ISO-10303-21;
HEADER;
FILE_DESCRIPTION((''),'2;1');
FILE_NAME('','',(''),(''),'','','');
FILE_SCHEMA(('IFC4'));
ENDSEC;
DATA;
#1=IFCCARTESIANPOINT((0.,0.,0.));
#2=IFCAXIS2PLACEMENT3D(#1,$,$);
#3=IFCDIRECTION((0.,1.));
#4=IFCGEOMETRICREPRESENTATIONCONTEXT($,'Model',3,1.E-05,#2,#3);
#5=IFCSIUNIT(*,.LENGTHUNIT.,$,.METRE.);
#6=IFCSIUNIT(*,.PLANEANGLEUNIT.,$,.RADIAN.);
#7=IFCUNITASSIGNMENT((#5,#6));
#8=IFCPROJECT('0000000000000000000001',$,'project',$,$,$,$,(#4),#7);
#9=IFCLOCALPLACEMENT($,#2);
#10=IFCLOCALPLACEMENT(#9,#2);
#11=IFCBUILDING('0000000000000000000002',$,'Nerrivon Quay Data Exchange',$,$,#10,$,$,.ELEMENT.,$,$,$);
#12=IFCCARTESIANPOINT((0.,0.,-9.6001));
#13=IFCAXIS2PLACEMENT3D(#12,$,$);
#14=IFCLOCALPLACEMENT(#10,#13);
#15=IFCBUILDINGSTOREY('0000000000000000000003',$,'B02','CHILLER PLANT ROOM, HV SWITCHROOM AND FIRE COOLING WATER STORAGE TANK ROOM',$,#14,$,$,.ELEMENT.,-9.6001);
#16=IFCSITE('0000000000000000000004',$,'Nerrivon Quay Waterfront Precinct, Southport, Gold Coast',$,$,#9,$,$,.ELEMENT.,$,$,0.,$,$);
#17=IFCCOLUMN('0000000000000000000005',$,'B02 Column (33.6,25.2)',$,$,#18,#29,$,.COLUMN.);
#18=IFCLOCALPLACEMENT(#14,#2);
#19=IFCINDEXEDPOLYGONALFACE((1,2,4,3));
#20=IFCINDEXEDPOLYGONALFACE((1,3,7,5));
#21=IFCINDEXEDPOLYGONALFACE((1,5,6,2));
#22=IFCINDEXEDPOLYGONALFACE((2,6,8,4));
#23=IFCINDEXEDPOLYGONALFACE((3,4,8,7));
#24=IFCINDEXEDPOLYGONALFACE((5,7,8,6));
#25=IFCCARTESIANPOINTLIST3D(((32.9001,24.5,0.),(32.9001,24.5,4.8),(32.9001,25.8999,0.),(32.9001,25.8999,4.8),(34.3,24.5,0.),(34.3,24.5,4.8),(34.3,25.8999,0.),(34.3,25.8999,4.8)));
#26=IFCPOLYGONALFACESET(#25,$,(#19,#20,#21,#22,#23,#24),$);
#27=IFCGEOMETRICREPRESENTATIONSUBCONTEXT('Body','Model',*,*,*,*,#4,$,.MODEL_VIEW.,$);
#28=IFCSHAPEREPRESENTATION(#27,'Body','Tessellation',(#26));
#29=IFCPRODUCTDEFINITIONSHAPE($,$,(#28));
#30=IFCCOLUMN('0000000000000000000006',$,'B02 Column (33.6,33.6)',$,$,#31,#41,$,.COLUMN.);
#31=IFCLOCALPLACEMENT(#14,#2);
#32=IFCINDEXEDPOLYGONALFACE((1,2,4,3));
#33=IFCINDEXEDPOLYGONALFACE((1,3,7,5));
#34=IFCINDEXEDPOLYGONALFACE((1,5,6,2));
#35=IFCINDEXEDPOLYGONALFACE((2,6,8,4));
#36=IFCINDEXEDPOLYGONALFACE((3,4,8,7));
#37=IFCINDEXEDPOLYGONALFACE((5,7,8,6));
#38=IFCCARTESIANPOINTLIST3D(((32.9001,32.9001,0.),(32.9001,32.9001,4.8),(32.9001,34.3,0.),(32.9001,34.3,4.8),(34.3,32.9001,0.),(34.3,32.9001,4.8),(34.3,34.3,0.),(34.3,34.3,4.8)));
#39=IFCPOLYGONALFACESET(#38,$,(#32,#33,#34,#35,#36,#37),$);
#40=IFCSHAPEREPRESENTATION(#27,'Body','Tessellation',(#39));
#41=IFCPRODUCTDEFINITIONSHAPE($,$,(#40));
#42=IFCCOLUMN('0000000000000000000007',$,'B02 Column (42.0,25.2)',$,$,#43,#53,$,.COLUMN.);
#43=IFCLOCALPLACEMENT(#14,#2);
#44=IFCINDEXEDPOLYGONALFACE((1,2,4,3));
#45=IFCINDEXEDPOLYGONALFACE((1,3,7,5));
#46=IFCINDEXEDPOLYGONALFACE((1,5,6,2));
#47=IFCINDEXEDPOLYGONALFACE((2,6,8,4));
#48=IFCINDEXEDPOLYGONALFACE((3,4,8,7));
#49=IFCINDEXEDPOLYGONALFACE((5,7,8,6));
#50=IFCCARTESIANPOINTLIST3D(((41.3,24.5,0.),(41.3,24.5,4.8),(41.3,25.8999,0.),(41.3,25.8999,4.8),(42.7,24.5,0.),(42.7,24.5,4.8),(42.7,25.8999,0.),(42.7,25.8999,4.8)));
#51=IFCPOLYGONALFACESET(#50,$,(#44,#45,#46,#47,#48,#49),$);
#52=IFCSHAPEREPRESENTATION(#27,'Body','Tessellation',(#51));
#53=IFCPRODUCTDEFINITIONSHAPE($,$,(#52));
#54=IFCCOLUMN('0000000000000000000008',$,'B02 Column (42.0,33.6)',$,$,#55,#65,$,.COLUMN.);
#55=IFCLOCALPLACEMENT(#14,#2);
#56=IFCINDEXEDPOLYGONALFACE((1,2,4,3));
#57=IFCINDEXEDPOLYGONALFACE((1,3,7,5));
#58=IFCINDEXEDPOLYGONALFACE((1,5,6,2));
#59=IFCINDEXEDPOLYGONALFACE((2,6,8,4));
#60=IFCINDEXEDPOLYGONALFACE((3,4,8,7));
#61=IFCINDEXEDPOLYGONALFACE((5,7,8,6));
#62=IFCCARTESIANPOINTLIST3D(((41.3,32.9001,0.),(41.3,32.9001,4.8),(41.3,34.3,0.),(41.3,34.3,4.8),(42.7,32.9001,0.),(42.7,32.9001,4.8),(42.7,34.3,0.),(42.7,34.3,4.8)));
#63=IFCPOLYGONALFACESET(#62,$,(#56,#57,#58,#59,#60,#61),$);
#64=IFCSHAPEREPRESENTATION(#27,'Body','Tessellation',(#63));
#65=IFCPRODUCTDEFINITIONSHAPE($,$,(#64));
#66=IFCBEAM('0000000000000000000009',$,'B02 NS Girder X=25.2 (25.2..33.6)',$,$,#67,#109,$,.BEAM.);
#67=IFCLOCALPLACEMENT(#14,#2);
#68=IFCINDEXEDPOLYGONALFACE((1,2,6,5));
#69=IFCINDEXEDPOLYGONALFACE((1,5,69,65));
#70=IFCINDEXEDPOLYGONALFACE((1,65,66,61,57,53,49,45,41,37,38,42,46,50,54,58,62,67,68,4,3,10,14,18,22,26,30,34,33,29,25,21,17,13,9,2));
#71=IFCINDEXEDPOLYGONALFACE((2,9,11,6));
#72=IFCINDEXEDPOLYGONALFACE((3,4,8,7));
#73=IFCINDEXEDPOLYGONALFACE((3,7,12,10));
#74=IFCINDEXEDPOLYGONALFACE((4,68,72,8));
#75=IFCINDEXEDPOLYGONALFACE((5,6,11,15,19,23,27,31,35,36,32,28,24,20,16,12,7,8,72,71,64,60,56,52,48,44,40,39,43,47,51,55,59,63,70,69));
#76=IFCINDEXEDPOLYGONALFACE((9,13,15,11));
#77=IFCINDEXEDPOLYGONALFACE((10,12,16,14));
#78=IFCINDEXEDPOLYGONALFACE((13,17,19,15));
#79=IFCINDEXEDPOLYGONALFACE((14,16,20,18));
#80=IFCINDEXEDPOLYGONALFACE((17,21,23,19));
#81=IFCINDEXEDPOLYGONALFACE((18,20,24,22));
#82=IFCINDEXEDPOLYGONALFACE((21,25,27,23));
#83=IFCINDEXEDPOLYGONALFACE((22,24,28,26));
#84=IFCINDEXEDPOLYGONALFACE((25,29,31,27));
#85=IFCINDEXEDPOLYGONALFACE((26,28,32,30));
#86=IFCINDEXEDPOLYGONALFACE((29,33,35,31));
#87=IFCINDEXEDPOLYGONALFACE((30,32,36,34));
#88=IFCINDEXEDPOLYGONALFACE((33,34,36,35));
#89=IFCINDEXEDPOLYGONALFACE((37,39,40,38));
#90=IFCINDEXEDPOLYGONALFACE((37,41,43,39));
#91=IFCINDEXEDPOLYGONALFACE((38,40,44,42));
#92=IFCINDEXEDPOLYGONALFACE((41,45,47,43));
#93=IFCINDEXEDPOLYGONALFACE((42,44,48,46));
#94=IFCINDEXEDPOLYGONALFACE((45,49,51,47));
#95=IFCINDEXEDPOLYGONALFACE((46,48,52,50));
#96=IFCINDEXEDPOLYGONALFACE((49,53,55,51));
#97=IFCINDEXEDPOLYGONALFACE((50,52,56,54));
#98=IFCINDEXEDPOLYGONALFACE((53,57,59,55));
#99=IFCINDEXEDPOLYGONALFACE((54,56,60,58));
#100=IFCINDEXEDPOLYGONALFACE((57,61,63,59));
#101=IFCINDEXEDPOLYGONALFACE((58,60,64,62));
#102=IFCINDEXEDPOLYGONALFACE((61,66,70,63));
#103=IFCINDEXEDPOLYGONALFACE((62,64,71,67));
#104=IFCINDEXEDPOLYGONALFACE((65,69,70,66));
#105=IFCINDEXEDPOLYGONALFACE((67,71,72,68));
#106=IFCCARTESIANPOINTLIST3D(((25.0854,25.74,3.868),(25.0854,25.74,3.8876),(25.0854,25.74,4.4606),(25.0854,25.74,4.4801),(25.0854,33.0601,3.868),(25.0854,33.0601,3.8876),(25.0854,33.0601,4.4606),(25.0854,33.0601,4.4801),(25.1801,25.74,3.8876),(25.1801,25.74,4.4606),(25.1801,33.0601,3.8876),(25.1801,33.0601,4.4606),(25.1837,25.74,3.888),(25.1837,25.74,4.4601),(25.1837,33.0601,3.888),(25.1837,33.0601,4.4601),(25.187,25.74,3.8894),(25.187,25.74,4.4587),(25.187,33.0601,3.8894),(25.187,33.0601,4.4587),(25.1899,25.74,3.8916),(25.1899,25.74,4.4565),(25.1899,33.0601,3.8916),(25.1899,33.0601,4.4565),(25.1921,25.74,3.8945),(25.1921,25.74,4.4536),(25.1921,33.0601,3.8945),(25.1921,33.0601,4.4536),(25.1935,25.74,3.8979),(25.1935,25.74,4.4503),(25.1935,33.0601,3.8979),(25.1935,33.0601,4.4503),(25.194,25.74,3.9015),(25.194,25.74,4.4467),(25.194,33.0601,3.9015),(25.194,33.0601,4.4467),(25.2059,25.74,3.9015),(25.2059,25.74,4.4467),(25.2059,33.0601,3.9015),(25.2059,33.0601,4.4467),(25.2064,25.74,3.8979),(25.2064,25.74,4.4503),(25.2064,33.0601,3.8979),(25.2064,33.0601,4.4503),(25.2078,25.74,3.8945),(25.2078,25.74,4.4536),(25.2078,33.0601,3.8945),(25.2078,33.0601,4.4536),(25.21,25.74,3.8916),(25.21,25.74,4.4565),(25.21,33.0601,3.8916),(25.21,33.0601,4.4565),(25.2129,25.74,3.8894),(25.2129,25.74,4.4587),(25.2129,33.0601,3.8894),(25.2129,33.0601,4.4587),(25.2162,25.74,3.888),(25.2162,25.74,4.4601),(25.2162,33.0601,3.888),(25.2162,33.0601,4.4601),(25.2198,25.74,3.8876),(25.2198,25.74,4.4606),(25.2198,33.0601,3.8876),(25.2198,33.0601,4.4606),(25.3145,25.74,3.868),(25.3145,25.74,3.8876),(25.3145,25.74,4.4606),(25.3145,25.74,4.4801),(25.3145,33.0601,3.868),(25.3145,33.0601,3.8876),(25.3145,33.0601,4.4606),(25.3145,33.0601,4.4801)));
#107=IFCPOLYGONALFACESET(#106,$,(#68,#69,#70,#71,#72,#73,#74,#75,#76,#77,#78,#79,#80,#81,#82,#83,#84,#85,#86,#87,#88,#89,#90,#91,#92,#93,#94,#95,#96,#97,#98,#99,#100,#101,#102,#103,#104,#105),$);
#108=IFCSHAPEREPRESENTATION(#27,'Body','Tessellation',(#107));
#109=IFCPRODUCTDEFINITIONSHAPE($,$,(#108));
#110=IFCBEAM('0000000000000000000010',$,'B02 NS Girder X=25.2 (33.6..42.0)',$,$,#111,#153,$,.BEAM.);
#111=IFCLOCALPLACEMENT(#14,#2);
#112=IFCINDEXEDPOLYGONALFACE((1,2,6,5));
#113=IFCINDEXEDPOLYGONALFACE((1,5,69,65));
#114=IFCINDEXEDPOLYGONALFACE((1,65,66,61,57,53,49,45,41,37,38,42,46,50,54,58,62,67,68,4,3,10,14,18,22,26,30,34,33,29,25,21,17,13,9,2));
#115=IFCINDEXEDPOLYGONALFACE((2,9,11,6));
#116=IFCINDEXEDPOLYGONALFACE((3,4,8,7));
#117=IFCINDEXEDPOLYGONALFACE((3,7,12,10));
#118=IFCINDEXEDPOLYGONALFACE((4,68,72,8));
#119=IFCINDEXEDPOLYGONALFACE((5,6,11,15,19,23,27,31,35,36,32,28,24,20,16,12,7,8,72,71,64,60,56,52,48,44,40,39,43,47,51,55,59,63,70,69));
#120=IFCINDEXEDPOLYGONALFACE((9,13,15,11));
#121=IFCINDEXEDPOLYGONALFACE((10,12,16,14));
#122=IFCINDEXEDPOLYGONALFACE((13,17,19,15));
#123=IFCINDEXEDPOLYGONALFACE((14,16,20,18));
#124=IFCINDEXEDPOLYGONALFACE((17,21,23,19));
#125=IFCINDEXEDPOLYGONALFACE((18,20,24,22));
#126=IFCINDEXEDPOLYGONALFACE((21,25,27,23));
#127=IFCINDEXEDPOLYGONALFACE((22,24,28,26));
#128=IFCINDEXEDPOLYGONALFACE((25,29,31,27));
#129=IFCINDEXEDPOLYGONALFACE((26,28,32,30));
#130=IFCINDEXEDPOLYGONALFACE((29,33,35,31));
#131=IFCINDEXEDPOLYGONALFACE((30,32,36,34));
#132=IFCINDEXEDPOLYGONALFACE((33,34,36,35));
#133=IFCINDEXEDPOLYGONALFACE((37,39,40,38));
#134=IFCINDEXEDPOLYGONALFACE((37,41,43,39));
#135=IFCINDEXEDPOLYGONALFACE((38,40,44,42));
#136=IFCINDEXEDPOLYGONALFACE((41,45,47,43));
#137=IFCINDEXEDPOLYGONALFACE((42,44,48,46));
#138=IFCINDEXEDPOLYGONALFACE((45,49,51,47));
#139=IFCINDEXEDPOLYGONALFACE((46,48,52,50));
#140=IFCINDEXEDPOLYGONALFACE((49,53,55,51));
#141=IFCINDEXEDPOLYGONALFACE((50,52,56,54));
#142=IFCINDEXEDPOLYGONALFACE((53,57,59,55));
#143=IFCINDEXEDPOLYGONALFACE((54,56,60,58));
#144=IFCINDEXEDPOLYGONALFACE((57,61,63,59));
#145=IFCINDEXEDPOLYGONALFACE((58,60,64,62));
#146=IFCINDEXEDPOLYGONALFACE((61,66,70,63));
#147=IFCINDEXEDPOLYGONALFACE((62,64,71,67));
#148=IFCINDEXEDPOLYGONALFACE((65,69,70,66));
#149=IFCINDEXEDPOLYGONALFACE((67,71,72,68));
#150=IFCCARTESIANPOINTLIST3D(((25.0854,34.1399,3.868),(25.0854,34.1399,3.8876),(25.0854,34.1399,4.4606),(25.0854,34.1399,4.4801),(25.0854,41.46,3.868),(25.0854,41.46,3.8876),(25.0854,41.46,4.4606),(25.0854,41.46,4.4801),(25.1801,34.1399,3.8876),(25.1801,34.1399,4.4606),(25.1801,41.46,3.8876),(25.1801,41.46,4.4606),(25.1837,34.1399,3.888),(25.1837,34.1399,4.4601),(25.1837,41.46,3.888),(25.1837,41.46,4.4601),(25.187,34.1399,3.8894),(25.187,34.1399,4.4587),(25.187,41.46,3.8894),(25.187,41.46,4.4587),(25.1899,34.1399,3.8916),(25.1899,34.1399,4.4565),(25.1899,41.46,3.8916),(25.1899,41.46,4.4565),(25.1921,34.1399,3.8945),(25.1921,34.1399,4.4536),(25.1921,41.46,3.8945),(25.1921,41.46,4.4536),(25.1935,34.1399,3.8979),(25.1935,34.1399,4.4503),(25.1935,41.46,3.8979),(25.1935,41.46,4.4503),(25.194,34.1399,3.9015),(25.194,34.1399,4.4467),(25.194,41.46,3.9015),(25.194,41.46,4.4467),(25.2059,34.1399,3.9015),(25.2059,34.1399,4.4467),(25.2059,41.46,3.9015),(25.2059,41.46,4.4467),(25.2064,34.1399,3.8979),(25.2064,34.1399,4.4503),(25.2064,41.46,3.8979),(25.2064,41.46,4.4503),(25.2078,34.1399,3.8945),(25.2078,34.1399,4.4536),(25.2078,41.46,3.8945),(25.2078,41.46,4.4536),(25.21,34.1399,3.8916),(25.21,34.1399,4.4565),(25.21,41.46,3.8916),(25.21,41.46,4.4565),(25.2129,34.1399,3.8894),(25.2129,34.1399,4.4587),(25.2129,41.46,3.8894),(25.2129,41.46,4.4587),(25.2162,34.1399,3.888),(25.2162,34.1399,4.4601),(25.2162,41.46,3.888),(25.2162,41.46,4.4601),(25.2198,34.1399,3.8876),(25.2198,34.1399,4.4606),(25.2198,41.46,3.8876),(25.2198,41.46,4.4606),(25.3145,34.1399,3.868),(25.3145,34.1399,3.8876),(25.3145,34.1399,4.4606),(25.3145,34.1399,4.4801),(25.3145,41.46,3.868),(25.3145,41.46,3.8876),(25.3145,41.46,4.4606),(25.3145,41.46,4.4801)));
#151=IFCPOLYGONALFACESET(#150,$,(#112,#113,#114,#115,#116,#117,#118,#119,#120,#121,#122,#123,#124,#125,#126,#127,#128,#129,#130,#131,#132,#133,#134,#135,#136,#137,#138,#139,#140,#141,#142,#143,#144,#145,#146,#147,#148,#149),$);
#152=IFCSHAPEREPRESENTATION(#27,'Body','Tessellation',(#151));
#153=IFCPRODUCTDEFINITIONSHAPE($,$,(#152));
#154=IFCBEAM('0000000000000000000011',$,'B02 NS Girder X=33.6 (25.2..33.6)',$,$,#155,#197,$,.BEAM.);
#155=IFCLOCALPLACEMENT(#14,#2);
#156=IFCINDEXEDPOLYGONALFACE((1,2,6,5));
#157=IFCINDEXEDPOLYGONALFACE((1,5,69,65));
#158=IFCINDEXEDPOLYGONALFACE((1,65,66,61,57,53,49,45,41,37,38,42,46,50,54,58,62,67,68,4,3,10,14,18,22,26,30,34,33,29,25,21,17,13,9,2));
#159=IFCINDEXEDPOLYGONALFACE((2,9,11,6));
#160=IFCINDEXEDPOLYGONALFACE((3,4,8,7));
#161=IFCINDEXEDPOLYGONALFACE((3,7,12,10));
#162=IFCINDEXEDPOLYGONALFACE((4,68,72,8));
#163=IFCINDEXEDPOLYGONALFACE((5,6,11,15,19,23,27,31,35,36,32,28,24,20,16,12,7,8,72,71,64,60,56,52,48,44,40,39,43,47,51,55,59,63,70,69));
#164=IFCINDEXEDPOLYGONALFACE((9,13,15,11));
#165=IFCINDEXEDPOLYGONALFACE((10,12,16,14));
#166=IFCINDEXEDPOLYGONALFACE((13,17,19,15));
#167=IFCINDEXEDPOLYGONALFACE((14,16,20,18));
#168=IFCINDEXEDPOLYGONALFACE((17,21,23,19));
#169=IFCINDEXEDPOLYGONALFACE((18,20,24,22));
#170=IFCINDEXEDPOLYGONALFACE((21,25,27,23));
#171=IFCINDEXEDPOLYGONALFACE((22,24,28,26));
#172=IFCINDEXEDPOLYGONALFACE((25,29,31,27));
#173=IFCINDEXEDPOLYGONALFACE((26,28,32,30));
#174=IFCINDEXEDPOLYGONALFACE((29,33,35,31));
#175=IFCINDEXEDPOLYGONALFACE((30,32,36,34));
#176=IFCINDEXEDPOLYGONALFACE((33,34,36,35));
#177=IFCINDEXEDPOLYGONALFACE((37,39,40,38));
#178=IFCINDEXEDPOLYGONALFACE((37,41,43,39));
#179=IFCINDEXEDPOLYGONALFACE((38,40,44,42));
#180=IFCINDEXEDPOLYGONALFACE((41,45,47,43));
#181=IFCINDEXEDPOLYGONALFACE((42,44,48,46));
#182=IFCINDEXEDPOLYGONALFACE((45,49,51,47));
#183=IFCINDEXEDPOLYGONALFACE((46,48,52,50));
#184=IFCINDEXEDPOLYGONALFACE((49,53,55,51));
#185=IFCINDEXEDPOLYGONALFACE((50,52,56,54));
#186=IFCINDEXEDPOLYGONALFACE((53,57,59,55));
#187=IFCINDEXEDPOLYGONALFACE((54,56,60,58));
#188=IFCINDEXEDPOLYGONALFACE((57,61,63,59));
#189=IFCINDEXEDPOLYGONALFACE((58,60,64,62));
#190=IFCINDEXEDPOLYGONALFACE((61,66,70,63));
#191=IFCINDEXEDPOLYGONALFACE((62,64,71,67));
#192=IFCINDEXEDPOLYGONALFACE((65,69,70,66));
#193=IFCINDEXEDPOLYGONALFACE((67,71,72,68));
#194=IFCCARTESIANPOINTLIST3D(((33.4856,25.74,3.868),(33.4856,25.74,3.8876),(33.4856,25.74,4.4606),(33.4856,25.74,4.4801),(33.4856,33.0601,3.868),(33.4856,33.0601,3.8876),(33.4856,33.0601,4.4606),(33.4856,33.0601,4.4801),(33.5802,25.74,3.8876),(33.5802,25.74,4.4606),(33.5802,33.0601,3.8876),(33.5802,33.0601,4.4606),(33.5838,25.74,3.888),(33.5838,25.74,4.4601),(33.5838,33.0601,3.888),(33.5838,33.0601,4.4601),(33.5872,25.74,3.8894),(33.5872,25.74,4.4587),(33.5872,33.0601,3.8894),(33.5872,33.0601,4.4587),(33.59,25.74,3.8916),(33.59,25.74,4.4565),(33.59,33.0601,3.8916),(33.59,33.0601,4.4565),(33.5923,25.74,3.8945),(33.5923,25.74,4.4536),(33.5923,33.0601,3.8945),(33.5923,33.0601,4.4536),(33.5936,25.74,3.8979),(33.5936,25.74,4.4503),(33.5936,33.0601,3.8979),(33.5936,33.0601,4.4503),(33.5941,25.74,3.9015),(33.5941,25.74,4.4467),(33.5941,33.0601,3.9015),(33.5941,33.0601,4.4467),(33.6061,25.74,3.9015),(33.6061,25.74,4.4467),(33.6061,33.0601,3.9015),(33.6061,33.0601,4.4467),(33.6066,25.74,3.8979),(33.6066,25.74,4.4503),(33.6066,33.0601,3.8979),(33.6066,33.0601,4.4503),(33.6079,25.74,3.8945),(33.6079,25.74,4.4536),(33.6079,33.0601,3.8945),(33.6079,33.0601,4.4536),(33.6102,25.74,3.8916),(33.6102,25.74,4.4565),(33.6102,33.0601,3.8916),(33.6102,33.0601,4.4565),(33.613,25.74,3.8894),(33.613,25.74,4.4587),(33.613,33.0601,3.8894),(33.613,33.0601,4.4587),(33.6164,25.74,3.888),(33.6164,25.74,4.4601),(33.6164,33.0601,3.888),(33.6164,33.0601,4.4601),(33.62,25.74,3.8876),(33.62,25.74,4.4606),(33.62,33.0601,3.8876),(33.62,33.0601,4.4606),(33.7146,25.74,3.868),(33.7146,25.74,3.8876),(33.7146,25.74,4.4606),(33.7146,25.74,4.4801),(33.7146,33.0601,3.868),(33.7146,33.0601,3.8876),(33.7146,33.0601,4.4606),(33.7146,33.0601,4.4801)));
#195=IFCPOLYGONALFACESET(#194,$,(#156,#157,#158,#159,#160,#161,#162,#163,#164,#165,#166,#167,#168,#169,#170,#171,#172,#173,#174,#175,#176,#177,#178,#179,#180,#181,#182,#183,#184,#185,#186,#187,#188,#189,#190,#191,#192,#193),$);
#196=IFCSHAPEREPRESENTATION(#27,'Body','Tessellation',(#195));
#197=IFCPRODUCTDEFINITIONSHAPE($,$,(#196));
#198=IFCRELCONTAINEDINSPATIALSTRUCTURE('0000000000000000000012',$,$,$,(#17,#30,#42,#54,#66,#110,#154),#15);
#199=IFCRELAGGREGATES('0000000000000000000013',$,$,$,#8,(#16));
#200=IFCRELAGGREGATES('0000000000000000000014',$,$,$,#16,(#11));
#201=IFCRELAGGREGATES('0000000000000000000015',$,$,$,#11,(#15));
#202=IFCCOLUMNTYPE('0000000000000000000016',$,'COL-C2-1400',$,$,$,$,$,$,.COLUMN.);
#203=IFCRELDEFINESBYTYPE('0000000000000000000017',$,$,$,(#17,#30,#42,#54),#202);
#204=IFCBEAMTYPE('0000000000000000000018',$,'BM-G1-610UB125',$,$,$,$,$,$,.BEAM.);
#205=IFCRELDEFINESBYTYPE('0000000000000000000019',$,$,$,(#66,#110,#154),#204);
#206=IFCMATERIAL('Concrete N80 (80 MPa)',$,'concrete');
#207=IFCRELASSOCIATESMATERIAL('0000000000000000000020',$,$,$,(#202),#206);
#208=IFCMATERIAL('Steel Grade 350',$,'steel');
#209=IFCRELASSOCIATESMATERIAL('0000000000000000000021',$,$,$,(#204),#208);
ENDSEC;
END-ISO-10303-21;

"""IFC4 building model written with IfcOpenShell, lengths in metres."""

from ifc_helpers import new_model, si_unit, direction, frame, origin, origin_2d, place, context, subcontext, project, spatial, rectangle, i_section, extrude, material, material_profile, profile_set, type_object, element, save


model = new_model("IFC4")

# Units and contexts
model_context = context("Model", 3, precision=1e-05, world=origin(), true_north=direction((0.0, 1.0)))
body_context = subcontext(model_context, "Body", "Model", "MODEL_VIEW")
ifc_project = project(units=[si_unit("LENGTHUNIT", "METRE"), si_unit("PLANEANGLEUNIT", "RADIAN")], contexts=[model_context])

# Site, building, storey
site_placement = place(None, origin())
site = spatial("IfcSite", under=ifc_project, at=site_placement, Name="Nerrivon Quay Waterfront Precinct, Southport, Gold Coast", CompositionType="ELEMENT", RefElevation=0.0)
building_placement = place(site_placement, origin())
building = spatial("IfcBuilding", under=site, at=building_placement, Name="Nerrivon Quay Data Exchange", CompositionType="ELEMENT")
storey_placement = place(building_placement, frame((0.0, 0.0, -9.6001)))
storey = spatial("IfcBuildingStorey", under=building, at=storey_placement, Name="B02", Description="CHILLER PLANT ROOM, HV SWITCHROOM AND FIRE COOLING WATER STORAGE TANK ROOM", CompositionType="ELEMENT", Elevation=-9.6001)

# Columns
ifc_material_1 = material(Name="Concrete N80 (80 MPa)", Category="concrete")
ifc_material_profile_1 = material_profile(ifc_material_1, rectangle(XDim=1.3999, YDim=1.3999, at=origin_2d()), Name="RC-COL-1400x1400")
ifc_profile_set_1 = profile_set([ifc_material_profile_1], Name="Concrete N80 (80 MPa)")
column_type = type_object("IfcColumnType", Name="COL-C2-1400", PredefinedType="COLUMN", material=ifc_profile_set_1)
for number, where, z_axis, x_axis, name in (
    (1, (33.6001, 25.2, 0.0), (0.0, 0.0, 1.0), (1.0, 0.0, 0.0), "B02 Column (33.6,25.2)"),
    (2, (33.6001, 33.6001, 0.0), (0.0, 0.0, 1.0), (1.0, 0.0, 0.0), "B02 Column (33.6,33.6)"),
    (3, (42.0, 25.2, 0.0), (0.0, 0.0, 1.0), (1.0, 0.0, 0.0), "B02 Column (42.0,25.2)"),
    (4, (42.0, 33.6001, 0.0), (0.0, 0.0, 1.0), (1.0, 0.0, 0.0), "B02 Column (42.0,33.6)"),
):
    element("IfcColumn", number, at=place(storey_placement, frame(where, z_axis=z_axis, x_axis=x_axis)), inside=storey, type_object=column_type, Name=name, PredefinedType="COLUMN", context=body_context, shape_type="SweptSolid", body=[
        extrude(rectangle(XDim=1.3999, YDim=1.3999, at=origin_2d()), origin(), (0.0, 0.0, 1.0), 4.8),
    ])

# Beams
ifc_material_2 = material(Name="Steel Grade 350", Category="steel")
ifc_material_profile_2 = material_profile(ifc_material_2, i_section(OverallWidth=0.229, OverallDepth=0.6121, WebThickness=0.012, FlangeThickness=0.0195, FilletRadius=0.0139, at=origin_2d()), Name="610UB125")
ifc_profile_set_2 = profile_set([ifc_material_profile_2], Name="Steel Grade 350")
beam_type_1 = type_object("IfcBeamType", Name="BM-G1-610UB125", PredefinedType="BEAM", material=ifc_profile_set_2)
for number, where, z_axis, x_axis, name in (
    (5, (25.2, 25.74, 4.1741), (0.0, 1.0, 0.0), (-1.0, 0.0, 0.0), "B02 NS Girder X=25.2 (25.2..33.6)"),
    (6, (25.2, 34.1399, 4.1741), (0.0, 1.0, 0.0), (-1.0, 0.0, 0.0), "B02 NS Girder X=25.2 (33.6..42.0)"),
    (7, (33.6001, 25.74, 4.1741), (0.0, 1.0, 0.0), (-1.0, 0.0, 0.0), "B02 NS Girder X=33.6 (25.2..33.6)"),
):
    element("IfcBeam", number, at=place(storey_placement, frame(where, z_axis=z_axis, x_axis=x_axis)), inside=storey, type_object=beam_type_1, Name=name, PredefinedType="BEAM", context=body_context, shape_type="SweptSolid", body=[
        extrude(i_section(OverallWidth=0.229, OverallDepth=0.6121, WebThickness=0.012, FlangeThickness=0.0195, FilletRadius=0.0139, at=origin_2d()), origin(), (0.0, 0.0, 1.0), 7.3201),
    ])

save(model, "model.ifc")
